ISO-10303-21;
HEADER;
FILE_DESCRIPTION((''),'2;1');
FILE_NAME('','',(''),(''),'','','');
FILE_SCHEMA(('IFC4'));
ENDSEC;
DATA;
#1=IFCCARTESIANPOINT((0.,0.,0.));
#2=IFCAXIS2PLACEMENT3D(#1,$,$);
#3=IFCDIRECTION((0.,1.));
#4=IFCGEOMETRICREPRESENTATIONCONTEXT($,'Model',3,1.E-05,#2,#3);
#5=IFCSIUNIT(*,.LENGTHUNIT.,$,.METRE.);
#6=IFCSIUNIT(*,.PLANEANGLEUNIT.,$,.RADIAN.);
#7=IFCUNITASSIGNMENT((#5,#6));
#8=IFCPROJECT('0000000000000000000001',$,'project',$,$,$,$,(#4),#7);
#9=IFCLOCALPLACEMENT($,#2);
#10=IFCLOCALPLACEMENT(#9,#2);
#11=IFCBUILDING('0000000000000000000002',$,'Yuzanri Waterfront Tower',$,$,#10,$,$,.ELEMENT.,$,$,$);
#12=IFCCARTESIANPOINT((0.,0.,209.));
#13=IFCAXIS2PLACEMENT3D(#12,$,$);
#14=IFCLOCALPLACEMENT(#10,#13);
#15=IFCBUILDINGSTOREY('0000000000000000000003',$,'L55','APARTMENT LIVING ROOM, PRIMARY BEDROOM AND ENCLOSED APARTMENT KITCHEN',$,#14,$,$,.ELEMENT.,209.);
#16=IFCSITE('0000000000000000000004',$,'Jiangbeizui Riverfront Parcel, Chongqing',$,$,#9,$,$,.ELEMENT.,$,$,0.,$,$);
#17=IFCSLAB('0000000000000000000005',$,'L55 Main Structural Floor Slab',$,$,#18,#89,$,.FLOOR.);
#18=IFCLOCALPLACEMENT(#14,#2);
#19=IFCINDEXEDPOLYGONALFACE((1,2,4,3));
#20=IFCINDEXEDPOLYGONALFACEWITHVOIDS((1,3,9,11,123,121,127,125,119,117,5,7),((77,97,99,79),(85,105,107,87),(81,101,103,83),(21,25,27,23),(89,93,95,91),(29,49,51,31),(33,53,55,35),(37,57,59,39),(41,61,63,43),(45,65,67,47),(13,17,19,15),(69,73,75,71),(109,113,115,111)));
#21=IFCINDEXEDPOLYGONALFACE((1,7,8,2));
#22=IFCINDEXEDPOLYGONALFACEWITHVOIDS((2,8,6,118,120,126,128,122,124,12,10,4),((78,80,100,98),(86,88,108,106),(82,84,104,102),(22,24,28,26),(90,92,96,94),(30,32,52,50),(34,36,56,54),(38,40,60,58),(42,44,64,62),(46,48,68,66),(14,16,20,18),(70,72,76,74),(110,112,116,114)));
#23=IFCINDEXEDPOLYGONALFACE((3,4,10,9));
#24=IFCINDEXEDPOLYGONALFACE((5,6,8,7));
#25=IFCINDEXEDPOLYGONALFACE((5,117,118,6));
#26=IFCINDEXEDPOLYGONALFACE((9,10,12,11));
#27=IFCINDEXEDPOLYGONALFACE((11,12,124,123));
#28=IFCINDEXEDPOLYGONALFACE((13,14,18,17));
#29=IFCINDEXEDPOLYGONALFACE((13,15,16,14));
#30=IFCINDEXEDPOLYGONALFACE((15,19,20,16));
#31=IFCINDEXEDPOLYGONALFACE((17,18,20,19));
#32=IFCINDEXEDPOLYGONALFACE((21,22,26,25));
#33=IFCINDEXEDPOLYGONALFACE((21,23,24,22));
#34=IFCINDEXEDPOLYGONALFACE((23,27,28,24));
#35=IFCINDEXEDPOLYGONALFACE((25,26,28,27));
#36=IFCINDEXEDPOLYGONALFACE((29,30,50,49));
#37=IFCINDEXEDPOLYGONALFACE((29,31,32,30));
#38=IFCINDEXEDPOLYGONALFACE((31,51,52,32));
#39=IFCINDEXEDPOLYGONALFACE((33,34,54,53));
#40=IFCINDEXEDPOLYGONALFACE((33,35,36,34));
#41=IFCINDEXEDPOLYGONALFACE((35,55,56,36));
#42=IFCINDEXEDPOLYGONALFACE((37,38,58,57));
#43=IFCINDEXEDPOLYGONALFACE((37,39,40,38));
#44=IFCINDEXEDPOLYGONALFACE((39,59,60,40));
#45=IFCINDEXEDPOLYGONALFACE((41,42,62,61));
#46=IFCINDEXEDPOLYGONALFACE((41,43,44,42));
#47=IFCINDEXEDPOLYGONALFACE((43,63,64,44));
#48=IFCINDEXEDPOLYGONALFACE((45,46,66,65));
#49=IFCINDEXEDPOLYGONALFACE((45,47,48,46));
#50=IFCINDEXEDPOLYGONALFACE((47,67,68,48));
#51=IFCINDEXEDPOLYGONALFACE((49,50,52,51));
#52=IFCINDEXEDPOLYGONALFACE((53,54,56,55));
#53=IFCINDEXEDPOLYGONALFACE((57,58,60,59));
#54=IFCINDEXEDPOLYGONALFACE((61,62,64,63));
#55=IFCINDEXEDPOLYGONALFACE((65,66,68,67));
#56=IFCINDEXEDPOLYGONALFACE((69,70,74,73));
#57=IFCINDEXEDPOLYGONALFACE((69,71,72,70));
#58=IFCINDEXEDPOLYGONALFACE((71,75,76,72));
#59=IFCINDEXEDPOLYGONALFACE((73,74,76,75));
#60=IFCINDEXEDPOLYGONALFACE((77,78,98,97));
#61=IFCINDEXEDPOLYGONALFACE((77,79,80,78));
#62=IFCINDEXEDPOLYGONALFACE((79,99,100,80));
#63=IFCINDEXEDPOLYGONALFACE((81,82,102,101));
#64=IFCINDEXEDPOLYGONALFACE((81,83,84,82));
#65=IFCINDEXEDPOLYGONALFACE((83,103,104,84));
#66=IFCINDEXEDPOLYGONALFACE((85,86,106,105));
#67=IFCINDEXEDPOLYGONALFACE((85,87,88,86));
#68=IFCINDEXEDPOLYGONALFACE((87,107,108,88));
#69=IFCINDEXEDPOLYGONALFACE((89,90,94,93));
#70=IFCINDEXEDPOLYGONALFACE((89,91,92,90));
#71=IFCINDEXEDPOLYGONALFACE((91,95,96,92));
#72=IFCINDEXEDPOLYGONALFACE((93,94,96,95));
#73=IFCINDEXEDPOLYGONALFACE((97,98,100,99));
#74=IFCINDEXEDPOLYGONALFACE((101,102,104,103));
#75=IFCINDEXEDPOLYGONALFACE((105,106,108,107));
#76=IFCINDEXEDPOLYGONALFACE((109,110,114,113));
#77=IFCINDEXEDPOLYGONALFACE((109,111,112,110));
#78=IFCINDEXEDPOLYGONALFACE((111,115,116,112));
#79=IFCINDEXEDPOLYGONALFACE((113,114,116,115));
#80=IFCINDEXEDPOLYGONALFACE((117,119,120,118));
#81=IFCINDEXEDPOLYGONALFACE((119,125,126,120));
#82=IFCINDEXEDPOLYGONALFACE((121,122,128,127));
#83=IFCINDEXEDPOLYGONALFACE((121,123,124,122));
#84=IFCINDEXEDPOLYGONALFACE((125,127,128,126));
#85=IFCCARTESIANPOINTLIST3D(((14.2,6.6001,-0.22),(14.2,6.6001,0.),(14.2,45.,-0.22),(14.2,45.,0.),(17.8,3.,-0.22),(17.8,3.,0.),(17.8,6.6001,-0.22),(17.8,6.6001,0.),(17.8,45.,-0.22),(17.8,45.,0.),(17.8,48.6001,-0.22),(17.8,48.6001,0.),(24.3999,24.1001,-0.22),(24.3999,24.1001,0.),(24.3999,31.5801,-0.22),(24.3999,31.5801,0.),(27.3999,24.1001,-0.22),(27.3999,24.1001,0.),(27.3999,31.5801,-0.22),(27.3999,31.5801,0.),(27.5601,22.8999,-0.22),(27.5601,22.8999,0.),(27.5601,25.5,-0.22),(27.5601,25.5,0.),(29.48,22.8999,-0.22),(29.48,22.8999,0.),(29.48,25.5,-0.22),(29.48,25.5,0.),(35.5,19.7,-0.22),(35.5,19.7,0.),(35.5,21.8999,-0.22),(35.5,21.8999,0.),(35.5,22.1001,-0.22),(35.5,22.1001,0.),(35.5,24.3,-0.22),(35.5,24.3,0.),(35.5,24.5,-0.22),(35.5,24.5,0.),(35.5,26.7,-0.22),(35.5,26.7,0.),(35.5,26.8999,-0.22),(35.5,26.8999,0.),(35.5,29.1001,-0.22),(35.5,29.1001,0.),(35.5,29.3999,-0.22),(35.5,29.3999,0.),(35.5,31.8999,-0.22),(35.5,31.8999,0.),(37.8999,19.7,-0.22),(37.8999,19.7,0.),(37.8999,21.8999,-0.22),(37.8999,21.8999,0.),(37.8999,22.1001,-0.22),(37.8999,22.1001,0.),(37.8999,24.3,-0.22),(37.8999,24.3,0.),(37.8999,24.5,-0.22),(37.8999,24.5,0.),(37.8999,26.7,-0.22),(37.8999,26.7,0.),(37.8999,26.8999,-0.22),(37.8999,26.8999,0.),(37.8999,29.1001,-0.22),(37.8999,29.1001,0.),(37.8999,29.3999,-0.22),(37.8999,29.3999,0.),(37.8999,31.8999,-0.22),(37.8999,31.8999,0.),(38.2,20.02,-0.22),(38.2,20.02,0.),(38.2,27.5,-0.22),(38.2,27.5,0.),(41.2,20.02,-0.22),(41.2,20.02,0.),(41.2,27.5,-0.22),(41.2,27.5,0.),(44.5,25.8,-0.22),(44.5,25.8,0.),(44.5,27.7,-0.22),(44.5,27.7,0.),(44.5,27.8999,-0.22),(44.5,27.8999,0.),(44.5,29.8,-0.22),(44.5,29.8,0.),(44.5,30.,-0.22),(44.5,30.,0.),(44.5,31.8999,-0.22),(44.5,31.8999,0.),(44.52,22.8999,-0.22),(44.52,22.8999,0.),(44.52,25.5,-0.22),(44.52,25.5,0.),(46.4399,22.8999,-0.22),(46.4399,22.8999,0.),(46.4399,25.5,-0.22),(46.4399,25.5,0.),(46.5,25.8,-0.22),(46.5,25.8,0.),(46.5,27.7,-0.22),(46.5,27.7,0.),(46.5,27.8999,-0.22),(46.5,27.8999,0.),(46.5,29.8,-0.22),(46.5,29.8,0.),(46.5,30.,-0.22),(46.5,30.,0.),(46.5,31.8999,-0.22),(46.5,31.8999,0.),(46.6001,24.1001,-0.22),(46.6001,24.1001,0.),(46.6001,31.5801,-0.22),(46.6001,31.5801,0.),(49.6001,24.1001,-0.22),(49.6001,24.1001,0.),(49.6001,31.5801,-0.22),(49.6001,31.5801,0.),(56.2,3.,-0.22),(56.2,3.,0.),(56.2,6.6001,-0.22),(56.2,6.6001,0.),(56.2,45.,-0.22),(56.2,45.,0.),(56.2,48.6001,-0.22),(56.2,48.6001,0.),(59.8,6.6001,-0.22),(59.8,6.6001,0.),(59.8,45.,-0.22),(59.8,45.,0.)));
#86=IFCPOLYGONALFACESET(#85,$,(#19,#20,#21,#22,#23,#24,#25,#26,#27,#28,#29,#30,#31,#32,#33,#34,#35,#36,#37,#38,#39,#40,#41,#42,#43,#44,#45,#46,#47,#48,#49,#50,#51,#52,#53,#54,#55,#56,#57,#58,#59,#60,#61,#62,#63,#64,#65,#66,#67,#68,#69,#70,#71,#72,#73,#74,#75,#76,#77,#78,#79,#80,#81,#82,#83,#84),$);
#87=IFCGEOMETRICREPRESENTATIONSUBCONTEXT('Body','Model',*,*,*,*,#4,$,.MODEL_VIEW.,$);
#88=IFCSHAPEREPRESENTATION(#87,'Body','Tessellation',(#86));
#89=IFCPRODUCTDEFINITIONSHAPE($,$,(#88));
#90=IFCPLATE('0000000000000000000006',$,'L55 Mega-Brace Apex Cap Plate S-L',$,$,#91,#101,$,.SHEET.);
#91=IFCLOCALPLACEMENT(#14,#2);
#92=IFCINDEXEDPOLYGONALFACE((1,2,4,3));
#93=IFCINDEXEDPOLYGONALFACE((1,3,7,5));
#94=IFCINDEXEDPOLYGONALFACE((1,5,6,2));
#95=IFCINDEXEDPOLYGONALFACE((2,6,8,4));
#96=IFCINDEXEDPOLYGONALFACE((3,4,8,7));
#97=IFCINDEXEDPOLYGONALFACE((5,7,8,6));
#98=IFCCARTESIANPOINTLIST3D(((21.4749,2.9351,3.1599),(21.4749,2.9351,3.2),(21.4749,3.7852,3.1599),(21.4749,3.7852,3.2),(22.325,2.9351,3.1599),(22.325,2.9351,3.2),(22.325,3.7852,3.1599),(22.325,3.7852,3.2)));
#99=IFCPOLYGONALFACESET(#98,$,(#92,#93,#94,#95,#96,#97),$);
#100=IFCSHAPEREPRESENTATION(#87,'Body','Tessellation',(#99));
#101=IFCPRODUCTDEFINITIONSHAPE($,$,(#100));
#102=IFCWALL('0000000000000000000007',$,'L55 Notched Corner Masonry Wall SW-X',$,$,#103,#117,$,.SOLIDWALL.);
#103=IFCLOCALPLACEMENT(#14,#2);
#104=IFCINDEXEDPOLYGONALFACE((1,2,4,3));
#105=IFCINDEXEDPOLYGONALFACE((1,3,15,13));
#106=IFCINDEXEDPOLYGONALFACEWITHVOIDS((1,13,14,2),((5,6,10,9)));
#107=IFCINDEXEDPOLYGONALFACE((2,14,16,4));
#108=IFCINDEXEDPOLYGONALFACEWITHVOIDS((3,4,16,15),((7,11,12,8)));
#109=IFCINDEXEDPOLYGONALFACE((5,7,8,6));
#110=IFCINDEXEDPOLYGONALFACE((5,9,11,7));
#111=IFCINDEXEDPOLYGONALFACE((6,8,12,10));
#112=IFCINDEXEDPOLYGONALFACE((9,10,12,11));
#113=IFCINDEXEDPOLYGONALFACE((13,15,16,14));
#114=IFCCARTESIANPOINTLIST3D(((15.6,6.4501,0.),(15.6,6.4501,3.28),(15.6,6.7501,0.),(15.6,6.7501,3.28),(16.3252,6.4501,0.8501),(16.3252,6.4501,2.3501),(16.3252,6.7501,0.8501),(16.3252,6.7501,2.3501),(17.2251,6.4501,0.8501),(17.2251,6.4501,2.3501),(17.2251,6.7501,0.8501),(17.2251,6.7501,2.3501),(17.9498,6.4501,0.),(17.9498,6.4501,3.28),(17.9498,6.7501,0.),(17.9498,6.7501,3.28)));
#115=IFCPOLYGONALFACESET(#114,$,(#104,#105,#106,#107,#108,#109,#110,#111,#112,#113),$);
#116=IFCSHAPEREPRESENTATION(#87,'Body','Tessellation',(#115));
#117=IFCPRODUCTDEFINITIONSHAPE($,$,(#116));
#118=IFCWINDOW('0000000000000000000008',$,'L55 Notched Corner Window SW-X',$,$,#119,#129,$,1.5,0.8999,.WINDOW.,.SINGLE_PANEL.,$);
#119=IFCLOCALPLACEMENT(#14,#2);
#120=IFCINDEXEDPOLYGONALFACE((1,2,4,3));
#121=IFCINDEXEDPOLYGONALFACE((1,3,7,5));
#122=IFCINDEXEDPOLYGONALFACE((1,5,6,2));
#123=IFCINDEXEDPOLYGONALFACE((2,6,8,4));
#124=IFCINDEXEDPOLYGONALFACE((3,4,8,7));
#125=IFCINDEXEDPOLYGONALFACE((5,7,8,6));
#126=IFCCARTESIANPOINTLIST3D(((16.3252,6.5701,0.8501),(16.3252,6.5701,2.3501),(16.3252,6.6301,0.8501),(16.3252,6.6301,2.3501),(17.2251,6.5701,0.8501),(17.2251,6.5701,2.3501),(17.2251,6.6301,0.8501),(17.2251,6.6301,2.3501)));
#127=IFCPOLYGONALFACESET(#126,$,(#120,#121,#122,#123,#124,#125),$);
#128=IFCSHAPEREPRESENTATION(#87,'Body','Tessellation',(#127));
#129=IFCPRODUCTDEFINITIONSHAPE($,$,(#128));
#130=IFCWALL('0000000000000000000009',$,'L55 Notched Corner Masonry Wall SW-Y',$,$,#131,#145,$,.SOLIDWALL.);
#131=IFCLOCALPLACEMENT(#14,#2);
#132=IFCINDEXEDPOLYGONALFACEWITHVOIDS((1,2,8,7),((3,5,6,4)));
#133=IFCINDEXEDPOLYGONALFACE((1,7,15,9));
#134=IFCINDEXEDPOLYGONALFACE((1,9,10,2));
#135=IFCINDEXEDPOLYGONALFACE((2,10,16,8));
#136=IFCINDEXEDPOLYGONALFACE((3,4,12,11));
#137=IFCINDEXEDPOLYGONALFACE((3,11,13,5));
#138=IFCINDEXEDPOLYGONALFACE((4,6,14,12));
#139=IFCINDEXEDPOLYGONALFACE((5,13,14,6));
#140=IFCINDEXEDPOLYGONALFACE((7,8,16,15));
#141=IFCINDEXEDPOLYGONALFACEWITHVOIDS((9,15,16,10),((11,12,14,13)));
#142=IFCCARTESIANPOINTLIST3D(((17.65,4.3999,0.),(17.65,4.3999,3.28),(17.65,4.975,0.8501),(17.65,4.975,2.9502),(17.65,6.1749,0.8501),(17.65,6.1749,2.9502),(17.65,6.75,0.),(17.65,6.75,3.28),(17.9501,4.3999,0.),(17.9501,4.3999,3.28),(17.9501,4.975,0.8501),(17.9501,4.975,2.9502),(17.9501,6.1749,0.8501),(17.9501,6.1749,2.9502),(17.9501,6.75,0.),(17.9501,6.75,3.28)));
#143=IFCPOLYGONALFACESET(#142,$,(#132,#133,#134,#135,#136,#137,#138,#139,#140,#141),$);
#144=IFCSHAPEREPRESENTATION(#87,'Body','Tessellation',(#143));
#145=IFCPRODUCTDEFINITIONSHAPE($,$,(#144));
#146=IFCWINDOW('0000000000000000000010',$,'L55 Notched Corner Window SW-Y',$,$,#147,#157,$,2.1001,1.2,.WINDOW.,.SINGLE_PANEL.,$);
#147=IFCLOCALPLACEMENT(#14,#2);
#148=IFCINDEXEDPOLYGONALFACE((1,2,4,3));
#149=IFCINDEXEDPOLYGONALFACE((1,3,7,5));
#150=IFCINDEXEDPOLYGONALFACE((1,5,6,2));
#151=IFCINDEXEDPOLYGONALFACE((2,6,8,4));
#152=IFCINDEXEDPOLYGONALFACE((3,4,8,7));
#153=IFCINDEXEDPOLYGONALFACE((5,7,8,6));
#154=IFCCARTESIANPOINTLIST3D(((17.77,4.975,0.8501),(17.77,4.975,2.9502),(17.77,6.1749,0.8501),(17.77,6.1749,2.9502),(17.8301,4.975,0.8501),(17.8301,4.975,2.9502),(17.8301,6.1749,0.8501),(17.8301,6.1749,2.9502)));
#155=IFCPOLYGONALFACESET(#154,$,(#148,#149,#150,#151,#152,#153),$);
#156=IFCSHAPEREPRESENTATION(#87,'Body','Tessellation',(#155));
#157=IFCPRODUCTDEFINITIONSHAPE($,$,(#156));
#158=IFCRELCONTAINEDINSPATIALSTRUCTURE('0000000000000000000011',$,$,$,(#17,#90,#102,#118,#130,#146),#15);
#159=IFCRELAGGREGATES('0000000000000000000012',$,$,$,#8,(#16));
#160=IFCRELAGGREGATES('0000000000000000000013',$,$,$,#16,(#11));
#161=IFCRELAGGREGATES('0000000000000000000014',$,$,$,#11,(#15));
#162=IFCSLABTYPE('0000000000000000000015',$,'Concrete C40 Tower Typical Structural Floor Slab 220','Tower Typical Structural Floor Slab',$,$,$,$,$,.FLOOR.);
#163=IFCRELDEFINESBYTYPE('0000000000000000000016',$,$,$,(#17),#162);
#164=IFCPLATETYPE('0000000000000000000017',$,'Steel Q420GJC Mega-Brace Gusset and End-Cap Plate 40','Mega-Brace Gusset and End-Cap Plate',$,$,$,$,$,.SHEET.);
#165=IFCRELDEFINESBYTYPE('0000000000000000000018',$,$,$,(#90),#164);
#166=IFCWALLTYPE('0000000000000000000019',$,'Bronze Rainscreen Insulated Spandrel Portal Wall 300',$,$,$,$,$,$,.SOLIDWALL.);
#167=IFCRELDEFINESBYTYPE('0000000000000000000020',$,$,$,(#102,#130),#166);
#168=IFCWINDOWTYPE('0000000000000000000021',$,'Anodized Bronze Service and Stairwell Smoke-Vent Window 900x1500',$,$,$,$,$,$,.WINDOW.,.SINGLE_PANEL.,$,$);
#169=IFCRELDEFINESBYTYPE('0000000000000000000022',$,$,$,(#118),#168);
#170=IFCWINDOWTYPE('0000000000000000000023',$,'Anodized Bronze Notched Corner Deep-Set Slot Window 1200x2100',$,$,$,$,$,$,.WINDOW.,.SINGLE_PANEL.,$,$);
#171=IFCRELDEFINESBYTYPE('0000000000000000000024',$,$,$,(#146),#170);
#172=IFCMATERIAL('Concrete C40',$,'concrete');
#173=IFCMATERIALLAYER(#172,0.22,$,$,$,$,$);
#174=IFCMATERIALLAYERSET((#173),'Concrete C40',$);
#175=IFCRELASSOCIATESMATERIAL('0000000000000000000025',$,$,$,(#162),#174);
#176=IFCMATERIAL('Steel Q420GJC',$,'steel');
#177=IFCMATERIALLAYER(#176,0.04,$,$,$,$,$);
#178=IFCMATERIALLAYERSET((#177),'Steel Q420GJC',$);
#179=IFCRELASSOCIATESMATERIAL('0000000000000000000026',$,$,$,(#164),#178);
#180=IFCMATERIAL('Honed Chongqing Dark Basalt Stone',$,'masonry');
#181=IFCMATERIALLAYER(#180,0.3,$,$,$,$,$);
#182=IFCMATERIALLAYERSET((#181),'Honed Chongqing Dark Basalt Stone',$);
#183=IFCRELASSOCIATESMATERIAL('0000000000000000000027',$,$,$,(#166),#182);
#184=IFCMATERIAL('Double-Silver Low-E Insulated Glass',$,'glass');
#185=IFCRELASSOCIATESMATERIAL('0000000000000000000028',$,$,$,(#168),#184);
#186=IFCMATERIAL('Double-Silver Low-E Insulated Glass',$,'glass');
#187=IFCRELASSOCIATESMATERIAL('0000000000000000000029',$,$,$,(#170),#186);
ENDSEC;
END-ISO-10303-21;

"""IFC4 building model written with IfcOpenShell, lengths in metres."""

from ifc_helpers import new_model, si_unit, direction, frame, frame_2d, origin, origin_2d, place, context, subcontext, project, spatial, polyline, rectangle, outline, extrude, source, transform, mapped, material, layer, layer_set, type_object, element, fill, save


model = new_model("IFC4")

# Units and contexts
model_context = context("Model", 3, precision=1e-05, world=origin(), true_north=direction((0.0, 1.0)))
body_context = subcontext(model_context, "Body", "Model", "MODEL_VIEW")
ifc_project = project(units=[si_unit("LENGTHUNIT", "METRE"), si_unit("PLANEANGLEUNIT", "RADIAN")], contexts=[model_context])

# Site, building, storey
site_placement = place(None, origin())
site = spatial("IfcSite", under=ifc_project, at=site_placement, Name="Jiangbeizui Riverfront Parcel, Chongqing", CompositionType="ELEMENT", RefElevation=0.0)
building_placement = place(site_placement, origin())
building = spatial("IfcBuilding", under=site, at=building_placement, Name="Yuzanri Waterfront Tower", CompositionType="ELEMENT")
storey_placement = place(building_placement, frame((0.0, 0.0, 209.0)))
storey = spatial("IfcBuildingStorey", under=building, at=storey_placement, Name="L55", Description="APARTMENT LIVING ROOM, PRIMARY BEDROOM AND ENCLOSED APARTMENT KITCHEN", CompositionType="ELEMENT", Elevation=209.0)

# Slab
ifc_material_1 = material(Name="Concrete C40", Category="concrete")
ifc_layer_1 = layer(ifc_material_1, 0.22)
ifc_layer_set_1 = layer_set([ifc_layer_1], Name="Concrete C40")
slab_type_1 = type_object("IfcSlabType", Name="Concrete C40 Tower Typical Structural Floor Slab 220", Description="Tower Typical Structural Floor Slab", PredefinedType="FLOOR", material=ifc_layer_set_1)
slab_1_placement = place(storey_placement, frame((0.0, 0.0, -0.22)))
element("IfcSlab", 1, at=slab_1_placement, inside=storey, type_object=slab_type_1, Name="L55 Main Structural Floor Slab", PredefinedType="FLOOR", context=body_context, shape_type="SweptSolid", body=[
    extrude(outline(polyline([(17.8, 3.0), (56.2, 3.0), (56.2, 6.6001), (59.8, 6.6001), (59.8, 45.0), (56.2, 45.0), (56.2, 48.6001), (17.8, 48.6001), (17.8, 45.0), (14.2, 45.0), (14.2, 6.6001), (17.8, 6.6001), (17.8, 3.0)]), holes=[polyline([(27.3999, 24.1001), (27.3999, 31.5801), (24.3999, 31.5801), (24.3999, 24.1001), (27.3999, 24.1001)]), polyline([(49.6001, 24.1001), (49.6001, 31.5801), (46.6001, 31.5801), (46.6001, 24.1001), (49.6001, 24.1001)]), polyline([(38.2, 27.5), (38.2, 20.02), (41.2, 20.02), (41.2, 27.5), (38.2, 27.5)]), polyline([(27.5601, 22.8999), (29.48, 22.8999), (29.48, 25.5), (27.5601, 25.5), (27.5601, 22.8999)]), polyline([(44.52, 22.8999), (46.4399, 22.8999), (46.4399, 25.5), (44.52, 25.5), (44.52, 22.8999)]), polyline([(35.5, 19.7), (37.8999, 19.7), (37.8999, 21.8999), (35.5, 21.8999), (35.5, 19.7)]), polyline([(35.5, 22.1001), (37.8999, 22.1001), (37.8999, 24.3), (35.5, 24.3), (35.5, 22.1001)]), polyline([(35.5, 24.5), (37.8999, 24.5), (37.8999, 26.7), (35.5, 26.7), (35.5, 24.5)]), polyline([(35.5, 26.8999), (37.8999, 26.8999), (37.8999, 29.1001), (35.5, 29.1001), (35.5, 26.8999)]), polyline([(35.5, 29.3999), (37.8999, 29.3999), (37.8999, 31.8999), (35.5, 31.8999), (35.5, 29.3999)]), polyline([(44.5, 25.8), (46.5, 25.8), (46.5, 27.7), (44.5, 27.7), (44.5, 25.8)]), polyline([(44.5, 27.8999), (46.5, 27.8999), (46.5, 29.8), (44.5, 29.8), (44.5, 27.8999)]), polyline([(44.5, 30.0), (46.5, 30.0), (46.5, 31.8999), (44.5, 31.8999), (44.5, 30.0)])]), origin(), (0.0, 0.0, 1.0), 0.22),
])

# Plate
ifc_material_2 = material(Name="Steel Q420GJC", Category="steel")
ifc_layer_2 = layer(ifc_material_2, 0.04)
ifc_layer_set_2 = layer_set([ifc_layer_2], Name="Steel Q420GJC")
plate_type = type_object("IfcPlateType", Name="Steel Q420GJC Mega-Brace Gusset and End-Cap Plate 40", Description="Mega-Brace Gusset and End-Cap Plate", PredefinedType="SHEET", material=ifc_layer_set_2)
shared_shape_1 = source(origin(), body_context, "Body", "SweptSolid", [
    extrude(rectangle(XDim=0.8501, YDim=0.8501, at=origin_2d()), origin(), (0.0, 0.0, 1.0), 0.04),
])
plate_placement = place(storey_placement, frame((21.8999, 3.3601, 3.1599), z_axis=(0.0, 0.0, 1.0), x_axis=(1.0, 0.0, 0.0)))
element("IfcPlate", 2, at=plate_placement, inside=storey, type_object=plate_type, Name="L55 Mega-Brace Apex Cap Plate S-L", PredefinedType="SHEET", context=body_context, shape_type="MappedRepresentation", body=[
    mapped(shared_shape_1, transform((0.0, 0.0, 0.0), scale=1.0)),
])

# Walls, openings, windows
ifc_material_3 = material(Name="Honed Chongqing Dark Basalt Stone", Category="masonry")
ifc_layer_3 = layer(ifc_material_3, 0.3)
ifc_layer_set_3 = layer_set([ifc_layer_3], Name="Honed Chongqing Dark Basalt Stone")
wall_type_1 = type_object("IfcWallType", Name="Bronze Rainscreen Insulated Spandrel Portal Wall 300", PredefinedType="SOLIDWALL", material=ifc_layer_set_3)
wall_1_placement = place(storey_placement, frame((15.6001, 6.6001, 0.0), z_axis=(0.0, 0.0, 1.0), x_axis=(1.0, 0.0, 0.0)))
wall_1 = element("IfcWall", 3, at=wall_1_placement, inside=storey, type_object=wall_type_1, Name="L55 Notched Corner Masonry Wall SW-X", PredefinedType="SOLIDWALL", context=body_context, shape_type="SweptSolid", body=[
    extrude(rectangle(XDim=2.3499, YDim=0.3, at=frame_2d((1.1748, 0.0))), origin(), (0.0, 0.0, 1.0), 3.28),
])
opening_1_placement = place(wall_1_placement, frame((0.7251, 0.0, 0.8501)))
opening_1 = element("IfcOpeningElement", 4, at=opening_1_placement, cuts=wall_1, PredefinedType="OPENING", context=body_context, shape_type="SweptSolid", body=[
    extrude(rectangle(XDim=0.8999, YDim=1.5, at=frame_2d((0.45, 0.75))), frame((0.0, 0.165, 0.0), z_axis=(0.0, -1.0, 0.0), x_axis=(1.0, 0.0, 0.0)), (0.0, 0.0, 1.0), 0.3298),
])
ifc_material_4 = material(Name="Double-Silver Low-E Insulated Glass", Category="glass")
window_type_1 = type_object("IfcWindowType", Name="Anodized Bronze Service and Stairwell Smoke-Vent Window 900x1500", PartitioningType="SINGLE_PANEL", PredefinedType="WINDOW", material=ifc_material_4)
shared_shape_2 = source(origin(), body_context, "Body", "SweptSolid", [
    extrude(rectangle(XDim=0.8999, YDim=1.5, at=frame_2d((0.45, 0.75))), frame((0.0, 0.03, 0.0), z_axis=(0.0, -1.0, 0.0), x_axis=(1.0, 0.0, 0.0)), (0.0, 0.0, 1.0), 0.0601),
])
window_1_placement = place(opening_1_placement, origin())
window_1 = element("IfcWindow", 5, at=window_1_placement, inside=storey, type_object=window_type_1, Name="L55 Notched Corner Window SW-X", OverallHeight=1.5, OverallWidth=0.8999, PartitioningType="SINGLE_PANEL", PredefinedType="WINDOW", context=body_context, shape_type="MappedRepresentation", body=[
    mapped(shared_shape_2, transform((0.0, 0.0, 0.0), scale=1.0)),
])
fill(opening_1, window_1)
wall_2_placement = place(storey_placement, frame((17.8, 6.75, 0.0), z_axis=(0.0, 0.0, 1.0), x_axis=(0.0, -1.0, 0.0)))
wall_2 = element("IfcWall", 6, at=wall_2_placement, inside=storey, type_object=wall_type_1, Name="L55 Notched Corner Masonry Wall SW-Y", PredefinedType="SOLIDWALL", context=body_context, shape_type="SweptSolid", body=[
    extrude(rectangle(XDim=2.3501, YDim=0.3, at=frame_2d((1.175, 0.0))), origin(), (0.0, 0.0, 1.0), 3.28),
])
opening_2_placement = place(wall_2_placement, frame((0.575, 0.0, 0.8501)))
opening_2 = element("IfcOpeningElement", 7, at=opening_2_placement, cuts=wall_2, PredefinedType="OPENING", context=body_context, shape_type="SweptSolid", body=[
    extrude(rectangle(XDim=1.2, YDim=2.1001, at=frame_2d((0.6001, 1.05))), frame((0.0, 0.165, 0.0), z_axis=(0.0, -1.0, 0.0), x_axis=(1.0, 0.0, 0.0)), (0.0, 0.0, 1.0), 0.3298),
])
ifc_material_5 = material(Name="Double-Silver Low-E Insulated Glass", Category="glass")
window_type_2 = type_object("IfcWindowType", Name="Anodized Bronze Notched Corner Deep-Set Slot Window 1200x2100", PartitioningType="SINGLE_PANEL", PredefinedType="WINDOW", material=ifc_material_5)
shared_shape_3 = source(origin(), body_context, "Body", "SweptSolid", [
    extrude(rectangle(XDim=1.2, YDim=2.1001, at=frame_2d((0.6001, 1.05))), frame((0.0, 0.03, 0.0), z_axis=(0.0, -1.0, 0.0), x_axis=(1.0, 0.0, 0.0)), (0.0, 0.0, 1.0), 0.0601),
])
window_2_placement = place(opening_2_placement, origin())
window_2 = element("IfcWindow", 8, at=window_2_placement, inside=storey, type_object=window_type_2, Name="L55 Notched Corner Window SW-Y", OverallHeight=2.1001, OverallWidth=1.2, PartitioningType="SINGLE_PANEL", PredefinedType="WINDOW", context=body_context, shape_type="MappedRepresentation", body=[
    mapped(shared_shape_3, transform((0.0, 0.0, 0.0), scale=1.0)),
])
fill(opening_2, window_2)

save(model, "model.ifc")
